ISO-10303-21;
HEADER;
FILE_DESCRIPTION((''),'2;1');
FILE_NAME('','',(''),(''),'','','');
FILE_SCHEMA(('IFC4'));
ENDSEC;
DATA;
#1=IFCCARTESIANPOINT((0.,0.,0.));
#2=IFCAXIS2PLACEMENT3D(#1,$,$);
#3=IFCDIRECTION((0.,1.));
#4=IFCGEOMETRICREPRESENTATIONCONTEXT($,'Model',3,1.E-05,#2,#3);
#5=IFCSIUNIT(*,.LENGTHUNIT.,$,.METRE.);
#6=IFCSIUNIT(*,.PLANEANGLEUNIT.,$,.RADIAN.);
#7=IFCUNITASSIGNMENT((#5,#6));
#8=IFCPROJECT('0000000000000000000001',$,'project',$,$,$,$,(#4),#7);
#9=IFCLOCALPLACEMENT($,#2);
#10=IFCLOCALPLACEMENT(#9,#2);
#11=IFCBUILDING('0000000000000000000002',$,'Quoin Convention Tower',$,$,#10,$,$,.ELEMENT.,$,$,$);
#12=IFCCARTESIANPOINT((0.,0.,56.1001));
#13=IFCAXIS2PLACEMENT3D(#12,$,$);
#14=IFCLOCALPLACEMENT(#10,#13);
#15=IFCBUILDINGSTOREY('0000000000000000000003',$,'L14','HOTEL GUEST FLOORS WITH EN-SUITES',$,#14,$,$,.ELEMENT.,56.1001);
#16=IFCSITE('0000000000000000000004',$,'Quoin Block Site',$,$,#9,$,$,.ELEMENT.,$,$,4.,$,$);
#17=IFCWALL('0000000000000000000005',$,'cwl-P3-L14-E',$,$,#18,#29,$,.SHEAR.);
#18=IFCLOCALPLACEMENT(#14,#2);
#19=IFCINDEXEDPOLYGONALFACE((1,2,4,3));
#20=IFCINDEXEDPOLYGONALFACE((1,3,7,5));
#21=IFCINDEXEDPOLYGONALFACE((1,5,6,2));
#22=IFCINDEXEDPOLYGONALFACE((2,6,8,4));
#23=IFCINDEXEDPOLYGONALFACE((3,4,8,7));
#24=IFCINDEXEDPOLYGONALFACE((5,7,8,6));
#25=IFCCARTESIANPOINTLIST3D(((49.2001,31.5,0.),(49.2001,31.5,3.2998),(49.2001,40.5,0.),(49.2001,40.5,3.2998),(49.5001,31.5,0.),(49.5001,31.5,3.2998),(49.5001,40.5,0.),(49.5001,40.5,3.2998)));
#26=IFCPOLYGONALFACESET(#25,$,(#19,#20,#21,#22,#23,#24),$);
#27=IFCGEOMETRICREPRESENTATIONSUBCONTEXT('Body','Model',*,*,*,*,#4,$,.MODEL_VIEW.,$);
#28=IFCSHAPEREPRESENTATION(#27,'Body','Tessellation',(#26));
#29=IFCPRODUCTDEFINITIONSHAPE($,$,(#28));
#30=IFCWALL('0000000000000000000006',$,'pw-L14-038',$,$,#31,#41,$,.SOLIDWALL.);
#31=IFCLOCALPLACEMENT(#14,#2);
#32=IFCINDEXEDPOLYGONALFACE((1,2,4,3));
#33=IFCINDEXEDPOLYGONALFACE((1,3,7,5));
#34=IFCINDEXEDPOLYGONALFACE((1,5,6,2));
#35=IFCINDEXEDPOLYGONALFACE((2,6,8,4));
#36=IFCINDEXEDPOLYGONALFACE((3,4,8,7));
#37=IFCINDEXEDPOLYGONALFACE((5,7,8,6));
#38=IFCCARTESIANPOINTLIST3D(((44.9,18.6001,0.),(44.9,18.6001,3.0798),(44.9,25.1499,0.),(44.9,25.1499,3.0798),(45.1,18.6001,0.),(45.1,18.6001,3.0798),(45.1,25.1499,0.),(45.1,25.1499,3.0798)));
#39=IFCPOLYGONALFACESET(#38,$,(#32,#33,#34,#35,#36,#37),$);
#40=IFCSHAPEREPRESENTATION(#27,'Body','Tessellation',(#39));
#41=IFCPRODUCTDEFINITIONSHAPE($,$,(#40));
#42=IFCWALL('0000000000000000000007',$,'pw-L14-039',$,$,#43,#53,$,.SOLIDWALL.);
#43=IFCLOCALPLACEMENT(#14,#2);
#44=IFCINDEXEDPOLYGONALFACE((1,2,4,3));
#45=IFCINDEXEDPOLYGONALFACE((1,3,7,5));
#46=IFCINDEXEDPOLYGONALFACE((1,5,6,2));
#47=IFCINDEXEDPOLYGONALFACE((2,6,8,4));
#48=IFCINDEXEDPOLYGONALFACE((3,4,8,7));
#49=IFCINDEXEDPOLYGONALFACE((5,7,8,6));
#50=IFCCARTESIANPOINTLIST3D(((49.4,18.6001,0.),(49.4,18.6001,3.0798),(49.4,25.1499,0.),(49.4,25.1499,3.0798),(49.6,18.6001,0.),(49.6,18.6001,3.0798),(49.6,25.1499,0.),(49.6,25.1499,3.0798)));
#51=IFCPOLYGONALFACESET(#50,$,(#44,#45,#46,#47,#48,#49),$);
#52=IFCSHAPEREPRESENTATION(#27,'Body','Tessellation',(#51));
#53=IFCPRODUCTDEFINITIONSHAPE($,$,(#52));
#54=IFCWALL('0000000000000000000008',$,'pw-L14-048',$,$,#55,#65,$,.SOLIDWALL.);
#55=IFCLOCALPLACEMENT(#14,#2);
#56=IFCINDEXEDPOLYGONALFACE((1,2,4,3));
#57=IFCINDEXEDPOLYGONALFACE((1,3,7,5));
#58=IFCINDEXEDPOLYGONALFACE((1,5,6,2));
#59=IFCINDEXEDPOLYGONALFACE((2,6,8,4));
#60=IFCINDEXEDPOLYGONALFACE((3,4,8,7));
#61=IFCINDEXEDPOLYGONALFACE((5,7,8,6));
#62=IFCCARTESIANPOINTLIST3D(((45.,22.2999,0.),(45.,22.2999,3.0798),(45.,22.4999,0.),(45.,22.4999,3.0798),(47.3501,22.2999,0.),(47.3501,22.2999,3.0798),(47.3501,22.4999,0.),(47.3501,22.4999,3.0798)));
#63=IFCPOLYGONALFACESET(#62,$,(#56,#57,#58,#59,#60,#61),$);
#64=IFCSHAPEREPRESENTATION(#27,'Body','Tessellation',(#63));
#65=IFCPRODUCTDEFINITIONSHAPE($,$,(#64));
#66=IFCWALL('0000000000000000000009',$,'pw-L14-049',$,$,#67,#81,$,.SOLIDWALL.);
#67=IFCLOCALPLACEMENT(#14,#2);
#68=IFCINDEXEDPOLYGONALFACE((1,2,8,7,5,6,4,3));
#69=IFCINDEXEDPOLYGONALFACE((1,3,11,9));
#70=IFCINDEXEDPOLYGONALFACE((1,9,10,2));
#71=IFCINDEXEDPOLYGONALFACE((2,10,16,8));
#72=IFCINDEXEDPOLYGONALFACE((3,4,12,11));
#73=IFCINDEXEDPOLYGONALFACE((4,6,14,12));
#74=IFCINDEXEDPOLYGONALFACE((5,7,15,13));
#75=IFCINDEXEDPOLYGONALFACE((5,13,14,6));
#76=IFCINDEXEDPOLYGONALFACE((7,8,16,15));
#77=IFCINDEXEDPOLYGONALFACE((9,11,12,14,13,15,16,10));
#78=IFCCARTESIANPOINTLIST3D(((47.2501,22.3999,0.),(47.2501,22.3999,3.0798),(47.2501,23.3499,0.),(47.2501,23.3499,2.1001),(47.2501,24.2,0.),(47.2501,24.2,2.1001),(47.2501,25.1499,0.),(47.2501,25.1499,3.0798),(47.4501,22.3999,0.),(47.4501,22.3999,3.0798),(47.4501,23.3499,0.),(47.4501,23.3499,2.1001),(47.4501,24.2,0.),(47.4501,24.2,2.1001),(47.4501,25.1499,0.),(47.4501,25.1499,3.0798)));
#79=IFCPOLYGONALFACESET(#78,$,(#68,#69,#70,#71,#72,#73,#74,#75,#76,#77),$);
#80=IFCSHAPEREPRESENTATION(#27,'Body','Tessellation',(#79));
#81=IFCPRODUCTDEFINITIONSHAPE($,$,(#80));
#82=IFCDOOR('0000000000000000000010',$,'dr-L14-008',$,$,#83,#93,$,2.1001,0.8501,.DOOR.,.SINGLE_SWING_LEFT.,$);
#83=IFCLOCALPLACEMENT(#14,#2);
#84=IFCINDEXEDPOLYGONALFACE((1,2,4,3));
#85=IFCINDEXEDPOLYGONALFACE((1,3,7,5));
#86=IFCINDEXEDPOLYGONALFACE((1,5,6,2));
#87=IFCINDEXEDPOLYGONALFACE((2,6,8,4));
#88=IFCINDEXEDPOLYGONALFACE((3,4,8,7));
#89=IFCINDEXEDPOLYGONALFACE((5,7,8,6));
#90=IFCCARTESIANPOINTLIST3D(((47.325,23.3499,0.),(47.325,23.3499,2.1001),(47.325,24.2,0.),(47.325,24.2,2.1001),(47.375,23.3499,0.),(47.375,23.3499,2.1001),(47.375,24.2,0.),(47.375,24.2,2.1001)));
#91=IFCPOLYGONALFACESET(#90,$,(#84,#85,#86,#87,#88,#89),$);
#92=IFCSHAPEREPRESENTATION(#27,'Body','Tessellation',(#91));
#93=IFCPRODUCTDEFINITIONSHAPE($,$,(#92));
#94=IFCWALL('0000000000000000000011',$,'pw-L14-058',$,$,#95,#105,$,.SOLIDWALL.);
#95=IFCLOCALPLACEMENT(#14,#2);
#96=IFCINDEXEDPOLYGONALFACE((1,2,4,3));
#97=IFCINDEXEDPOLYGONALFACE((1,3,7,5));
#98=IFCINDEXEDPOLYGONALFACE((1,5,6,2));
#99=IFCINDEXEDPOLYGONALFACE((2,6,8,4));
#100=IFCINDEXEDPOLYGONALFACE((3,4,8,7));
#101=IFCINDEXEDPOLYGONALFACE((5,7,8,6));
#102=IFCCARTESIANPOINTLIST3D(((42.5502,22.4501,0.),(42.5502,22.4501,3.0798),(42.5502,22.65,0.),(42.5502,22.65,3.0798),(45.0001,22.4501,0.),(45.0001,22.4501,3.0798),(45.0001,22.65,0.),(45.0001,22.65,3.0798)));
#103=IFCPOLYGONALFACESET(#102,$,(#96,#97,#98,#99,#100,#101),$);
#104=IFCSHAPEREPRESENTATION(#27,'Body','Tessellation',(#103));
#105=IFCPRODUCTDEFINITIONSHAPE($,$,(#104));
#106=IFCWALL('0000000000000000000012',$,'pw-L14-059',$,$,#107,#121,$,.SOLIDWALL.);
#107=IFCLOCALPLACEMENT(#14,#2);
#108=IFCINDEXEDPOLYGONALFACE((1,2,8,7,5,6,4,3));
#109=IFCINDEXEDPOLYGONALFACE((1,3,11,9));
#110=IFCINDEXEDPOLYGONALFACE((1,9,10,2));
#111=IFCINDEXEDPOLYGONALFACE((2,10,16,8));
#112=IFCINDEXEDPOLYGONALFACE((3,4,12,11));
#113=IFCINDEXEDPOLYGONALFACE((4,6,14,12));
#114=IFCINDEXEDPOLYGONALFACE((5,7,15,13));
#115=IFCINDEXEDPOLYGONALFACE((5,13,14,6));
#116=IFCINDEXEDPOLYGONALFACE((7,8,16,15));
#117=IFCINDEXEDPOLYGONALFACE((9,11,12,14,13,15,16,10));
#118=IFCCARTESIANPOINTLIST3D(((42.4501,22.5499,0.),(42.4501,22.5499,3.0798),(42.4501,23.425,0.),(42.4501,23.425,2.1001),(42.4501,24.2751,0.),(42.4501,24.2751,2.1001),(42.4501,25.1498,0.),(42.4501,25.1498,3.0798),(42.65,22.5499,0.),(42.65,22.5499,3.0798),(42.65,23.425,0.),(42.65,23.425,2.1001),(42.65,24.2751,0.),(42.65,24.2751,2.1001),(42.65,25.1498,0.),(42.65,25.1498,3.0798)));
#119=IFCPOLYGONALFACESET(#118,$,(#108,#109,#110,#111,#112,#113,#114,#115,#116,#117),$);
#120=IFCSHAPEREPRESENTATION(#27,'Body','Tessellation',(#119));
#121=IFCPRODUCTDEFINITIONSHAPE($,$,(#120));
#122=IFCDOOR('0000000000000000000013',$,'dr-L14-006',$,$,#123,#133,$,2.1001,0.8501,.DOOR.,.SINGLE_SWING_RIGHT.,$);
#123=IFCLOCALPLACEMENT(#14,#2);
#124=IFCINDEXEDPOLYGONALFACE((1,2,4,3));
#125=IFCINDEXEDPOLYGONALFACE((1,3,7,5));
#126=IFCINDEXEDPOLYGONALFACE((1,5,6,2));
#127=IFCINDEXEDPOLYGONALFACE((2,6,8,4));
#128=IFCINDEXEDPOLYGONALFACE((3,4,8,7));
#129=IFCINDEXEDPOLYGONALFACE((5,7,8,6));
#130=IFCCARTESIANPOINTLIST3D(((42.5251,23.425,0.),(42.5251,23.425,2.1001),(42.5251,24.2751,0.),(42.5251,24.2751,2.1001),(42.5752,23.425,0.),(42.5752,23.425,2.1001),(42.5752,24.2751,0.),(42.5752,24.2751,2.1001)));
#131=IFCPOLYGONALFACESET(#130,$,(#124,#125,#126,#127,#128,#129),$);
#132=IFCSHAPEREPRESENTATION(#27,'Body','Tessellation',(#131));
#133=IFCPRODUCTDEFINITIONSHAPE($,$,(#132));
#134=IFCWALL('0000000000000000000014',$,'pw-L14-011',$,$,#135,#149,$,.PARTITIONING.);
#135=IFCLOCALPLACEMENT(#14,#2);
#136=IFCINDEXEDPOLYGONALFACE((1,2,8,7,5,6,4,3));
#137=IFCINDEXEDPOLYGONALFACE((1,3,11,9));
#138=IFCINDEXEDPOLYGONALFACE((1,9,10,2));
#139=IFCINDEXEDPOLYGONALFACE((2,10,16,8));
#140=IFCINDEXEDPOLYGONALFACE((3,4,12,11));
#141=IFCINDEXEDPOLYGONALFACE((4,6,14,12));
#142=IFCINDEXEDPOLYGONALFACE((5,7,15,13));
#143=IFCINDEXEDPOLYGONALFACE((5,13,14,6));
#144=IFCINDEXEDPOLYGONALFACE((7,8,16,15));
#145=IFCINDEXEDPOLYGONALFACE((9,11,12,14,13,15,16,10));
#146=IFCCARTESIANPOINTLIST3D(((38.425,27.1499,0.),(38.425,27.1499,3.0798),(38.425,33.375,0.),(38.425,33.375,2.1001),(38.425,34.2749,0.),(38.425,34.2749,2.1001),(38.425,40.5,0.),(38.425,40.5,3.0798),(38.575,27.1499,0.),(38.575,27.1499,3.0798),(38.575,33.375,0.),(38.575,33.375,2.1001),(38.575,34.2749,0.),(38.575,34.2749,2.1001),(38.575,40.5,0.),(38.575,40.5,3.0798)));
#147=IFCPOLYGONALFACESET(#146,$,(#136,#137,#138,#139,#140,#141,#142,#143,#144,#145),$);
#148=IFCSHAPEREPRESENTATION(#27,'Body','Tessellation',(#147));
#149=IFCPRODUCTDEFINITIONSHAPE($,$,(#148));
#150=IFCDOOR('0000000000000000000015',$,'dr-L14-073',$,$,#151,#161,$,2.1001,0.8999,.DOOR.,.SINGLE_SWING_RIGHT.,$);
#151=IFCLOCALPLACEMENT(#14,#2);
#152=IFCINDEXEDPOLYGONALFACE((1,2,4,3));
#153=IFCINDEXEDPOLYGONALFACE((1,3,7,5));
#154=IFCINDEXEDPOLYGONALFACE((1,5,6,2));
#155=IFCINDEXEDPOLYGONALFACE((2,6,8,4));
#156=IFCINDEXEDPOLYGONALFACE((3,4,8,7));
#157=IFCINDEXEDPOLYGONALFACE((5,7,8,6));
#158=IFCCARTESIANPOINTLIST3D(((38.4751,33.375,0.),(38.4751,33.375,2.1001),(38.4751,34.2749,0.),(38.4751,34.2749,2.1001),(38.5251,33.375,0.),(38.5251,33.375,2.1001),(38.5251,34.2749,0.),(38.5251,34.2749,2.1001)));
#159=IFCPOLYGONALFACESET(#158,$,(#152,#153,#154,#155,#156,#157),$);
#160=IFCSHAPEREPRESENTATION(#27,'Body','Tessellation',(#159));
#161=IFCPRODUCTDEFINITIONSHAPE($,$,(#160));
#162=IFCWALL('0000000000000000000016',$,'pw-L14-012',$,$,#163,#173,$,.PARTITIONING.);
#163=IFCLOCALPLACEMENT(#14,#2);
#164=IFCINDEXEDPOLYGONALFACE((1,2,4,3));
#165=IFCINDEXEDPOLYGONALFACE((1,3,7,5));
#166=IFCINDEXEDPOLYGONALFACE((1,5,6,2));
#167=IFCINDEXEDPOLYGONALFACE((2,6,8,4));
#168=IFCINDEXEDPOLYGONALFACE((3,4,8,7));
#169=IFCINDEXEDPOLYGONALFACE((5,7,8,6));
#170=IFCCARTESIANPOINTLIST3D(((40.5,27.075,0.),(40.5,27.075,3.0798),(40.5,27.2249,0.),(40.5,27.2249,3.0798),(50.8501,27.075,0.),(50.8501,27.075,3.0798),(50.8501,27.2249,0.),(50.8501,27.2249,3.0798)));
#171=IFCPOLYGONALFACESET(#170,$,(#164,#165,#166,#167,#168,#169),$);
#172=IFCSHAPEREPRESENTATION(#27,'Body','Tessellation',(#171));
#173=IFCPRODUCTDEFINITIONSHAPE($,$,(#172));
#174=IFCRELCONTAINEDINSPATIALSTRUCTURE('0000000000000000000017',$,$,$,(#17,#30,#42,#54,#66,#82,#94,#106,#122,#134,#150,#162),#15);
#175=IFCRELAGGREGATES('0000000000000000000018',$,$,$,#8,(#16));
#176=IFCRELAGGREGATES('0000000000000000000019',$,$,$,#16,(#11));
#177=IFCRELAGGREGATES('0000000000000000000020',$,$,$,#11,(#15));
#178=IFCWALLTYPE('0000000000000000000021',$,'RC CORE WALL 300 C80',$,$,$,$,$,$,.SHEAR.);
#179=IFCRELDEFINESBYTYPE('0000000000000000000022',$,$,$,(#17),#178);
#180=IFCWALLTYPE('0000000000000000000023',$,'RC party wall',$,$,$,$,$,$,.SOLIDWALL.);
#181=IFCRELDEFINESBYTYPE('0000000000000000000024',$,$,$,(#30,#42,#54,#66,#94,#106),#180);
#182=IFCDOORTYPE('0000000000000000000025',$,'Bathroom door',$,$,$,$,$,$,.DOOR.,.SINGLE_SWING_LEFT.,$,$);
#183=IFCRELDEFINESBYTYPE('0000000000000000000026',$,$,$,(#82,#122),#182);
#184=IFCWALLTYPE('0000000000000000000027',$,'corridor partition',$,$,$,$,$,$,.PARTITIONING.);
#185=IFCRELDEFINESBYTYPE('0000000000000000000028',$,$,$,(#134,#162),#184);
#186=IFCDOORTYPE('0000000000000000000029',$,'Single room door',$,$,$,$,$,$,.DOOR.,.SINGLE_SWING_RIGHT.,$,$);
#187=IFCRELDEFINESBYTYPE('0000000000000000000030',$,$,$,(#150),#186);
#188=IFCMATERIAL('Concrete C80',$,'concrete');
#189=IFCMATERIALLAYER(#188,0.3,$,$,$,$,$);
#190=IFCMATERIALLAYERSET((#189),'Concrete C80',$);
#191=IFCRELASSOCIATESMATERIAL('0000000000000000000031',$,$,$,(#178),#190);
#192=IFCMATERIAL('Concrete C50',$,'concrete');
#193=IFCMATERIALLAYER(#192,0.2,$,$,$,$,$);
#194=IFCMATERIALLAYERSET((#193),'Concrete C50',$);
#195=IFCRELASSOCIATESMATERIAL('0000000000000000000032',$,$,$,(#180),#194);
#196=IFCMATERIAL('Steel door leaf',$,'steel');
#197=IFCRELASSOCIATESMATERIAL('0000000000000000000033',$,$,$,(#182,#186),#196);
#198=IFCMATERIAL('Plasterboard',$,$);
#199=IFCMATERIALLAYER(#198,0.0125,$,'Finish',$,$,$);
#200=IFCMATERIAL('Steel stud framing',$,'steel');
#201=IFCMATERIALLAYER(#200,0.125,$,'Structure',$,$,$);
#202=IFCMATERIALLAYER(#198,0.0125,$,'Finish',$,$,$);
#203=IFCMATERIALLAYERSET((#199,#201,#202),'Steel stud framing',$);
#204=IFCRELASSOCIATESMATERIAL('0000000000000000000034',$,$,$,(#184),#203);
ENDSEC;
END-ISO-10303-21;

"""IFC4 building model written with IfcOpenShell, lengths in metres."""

from ifc_helpers import new_model, si_unit, direction, frame, frame_2d, origin, place, context, subcontext, project, spatial, rectangle, extrude, material, layer, layer_set, type_object, element, fill, save


model = new_model("IFC4")

# Units and contexts
model_context = context("Model", 3, precision=1e-05, world=origin(), true_north=direction((0.0, 1.0)))
body_context = subcontext(model_context, "Body", "Model", "MODEL_VIEW")
ifc_project = project(units=[si_unit("LENGTHUNIT", "METRE"), si_unit("PLANEANGLEUNIT", "RADIAN")], contexts=[model_context])

# Site, building, storey
site_placement = place(None, origin())
site = spatial("IfcSite", under=ifc_project, at=site_placement, Name="Quoin Block Site", CompositionType="ELEMENT", RefElevation=4.0)
building_placement = place(site_placement, origin())
building = spatial("IfcBuilding", under=site, at=building_placement, Name="Quoin Convention Tower", CompositionType="ELEMENT")
storey_placement = place(building_placement, frame((0.0, 0.0, 56.1001)))
storey = spatial("IfcBuildingStorey", under=building, at=storey_placement, Name="L14", Description="HOTEL GUEST FLOORS WITH EN-SUITES", CompositionType="ELEMENT", Elevation=56.1001)

# Shared definitions
ifc_material_1 = material(Name="Concrete C80", Category="concrete")

# Shared definitions
ifc_material_2 = material(Name="Concrete C50", Category="concrete")

# Shared definitions
ifc_layer_1 = layer(ifc_material_1, 0.3)
ifc_layer_set_1 = layer_set([ifc_layer_1], Name="Concrete C80")
wall_type_1 = type_object("IfcWallType", Name="RC CORE WALL 300 C80", PredefinedType="SHEAR", material=ifc_layer_set_1)
ifc_material_3 = material(Name="Steel door leaf", Category="steel")

# Walls
wall_1_placement = place(storey_placement, frame((49.3501, 31.5, 0.0), z_axis=(0.0, 0.0, 1.0), x_axis=(0.0, 1.0, 0.0)))
element("IfcWall", 1, at=wall_1_placement, inside=storey, type_object=wall_type_1, Name="cwl-P3-L14-E", PredefinedType="SHEAR", context=body_context, shape_type="SweptSolid", body=[
    extrude(rectangle(XDim=9.0, YDim=0.3, at=frame_2d((4.5, 0.0))), origin(), (0.0, 0.0, 1.0), 3.2998),
])
ifc_layer_2 = layer(ifc_material_2, 0.2)
ifc_layer_set_2 = layer_set([ifc_layer_2], Name="Concrete C50")
wall_type_2 = type_object("IfcWallType", Name="RC party wall", PredefinedType="SOLIDWALL", material=ifc_layer_set_2)
for number, where, z_axis, x_axis, name in (
    (2, (45.0, 18.6001, 0.0), (0.0, 0.0, 1.0), (0.0, 1.0, 0.0), "pw-L14-038"),
    (3, (49.5, 18.6001, 0.0), (0.0, 0.0, 1.0), (0.0, 1.0, 0.0), "pw-L14-039"),
):
    element("IfcWall", number, at=place(storey_placement, frame(where, z_axis=z_axis, x_axis=x_axis)), inside=storey, type_object=wall_type_2, Name=name, PredefinedType="SOLIDWALL", context=body_context, shape_type="SweptSolid", body=[
        extrude(rectangle(XDim=6.5498, YDim=0.2, at=frame_2d((3.2749, 0.0))), origin(), (0.0, 0.0, 1.0), 3.0798),
    ])
wall_2_placement = place(storey_placement, frame((45.0, 22.3999, 0.0), z_axis=(0.0, 0.0, 1.0), x_axis=(1.0, 0.0, 0.0)))
element("IfcWall", 4, at=wall_2_placement, inside=storey, type_object=wall_type_2, Name="pw-L14-048", PredefinedType="SOLIDWALL", context=body_context, shape_type="SweptSolid", body=[
    extrude(rectangle(XDim=2.3501, YDim=0.2, at=frame_2d((1.175, 0.0))), origin(), (0.0, 0.0, 1.0), 3.0798),
])

# Wall, opening, door
wall_3_placement = place(storey_placement, frame((47.3501, 22.3999, 0.0), z_axis=(0.0, 0.0, 1.0), x_axis=(0.0, 1.0, 0.0)))
wall_3 = element("IfcWall", 5, at=wall_3_placement, inside=storey, type_object=wall_type_2, Name="pw-L14-049", PredefinedType="SOLIDWALL", context=body_context, shape_type="SweptSolid", body=[
    extrude(rectangle(XDim=2.75, YDim=0.2, at=frame_2d((1.375, 0.0))), origin(), (0.0, 0.0, 1.0), 3.0798),
])
opening_1_placement = place(wall_3_placement, frame((0.95, 0.0, 0.0)))
opening_1 = element("IfcOpeningElement", 6, at=opening_1_placement, cuts=wall_3, PredefinedType="OPENING", context=body_context, shape_type="SweptSolid", body=[
    extrude(rectangle(XDim=0.8501, YDim=2.1001, at=frame_2d((0.425, 1.05))), frame((0.0, 0.1099, 0.0), z_axis=(0.0, -1.0, 0.0), x_axis=(1.0, 0.0, 0.0)), (0.0, 0.0, 1.0), 0.22),
])
door_type_1 = type_object("IfcDoorType", Name="Bathroom door", OperationType="SINGLE_SWING_LEFT", PredefinedType="DOOR", material=ifc_material_3)
door_1_placement = place(opening_1_placement, frame((0.8501, 0.0, 0.0), z_axis=(0.0, 0.0, 1.0), x_axis=(-1.0, 0.0, 0.0)))
door_1 = element("IfcDoor", 7, at=door_1_placement, inside=storey, type_object=door_type_1, Name="dr-L14-008", OperationType="SINGLE_SWING_LEFT", OverallHeight=2.1001, OverallWidth=0.8501, PredefinedType="DOOR", context=body_context, shape_type="SweptSolid", body=[
    extrude(rectangle(XDim=0.8501, YDim=2.1001, at=frame_2d((0.425, 1.05))), frame((0.0, 0.0249, 0.0), z_axis=(0.0, -1.0, 0.0), x_axis=(1.0, 0.0, 0.0)), (0.0, 0.0, 1.0), 0.05),
])
fill(opening_1, door_1)

# Wall
wall_4_placement = place(storey_placement, frame((42.55, 22.55, 0.0), z_axis=(0.0, 0.0, 1.0), x_axis=(1.0, 0.0, 0.0)))
element("IfcWall", 8, at=wall_4_placement, inside=storey, type_object=wall_type_2, Name="pw-L14-058", PredefinedType="SOLIDWALL", context=body_context, shape_type="SweptSolid", body=[
    extrude(rectangle(XDim=2.45, YDim=0.2, at=frame_2d((1.2251, 0.0))), origin(), (0.0, 0.0, 1.0), 3.0798),
])

# Walls, openings, doors
wall_5_placement = place(storey_placement, frame((42.55, 22.55, 0.0), z_axis=(0.0, 0.0, 1.0), x_axis=(0.0, 1.0, 0.0)))
wall_5 = element("IfcWall", 9, at=wall_5_placement, inside=storey, type_object=wall_type_2, Name="pw-L14-059", PredefinedType="SOLIDWALL", context=body_context, shape_type="SweptSolid", body=[
    extrude(rectangle(XDim=2.5999, YDim=0.2, at=frame_2d((1.2998, 0.0))), origin(), (0.0, 0.0, 1.0), 3.0798),
])
opening_2_placement = place(wall_5_placement, frame((0.875, 0.0, 0.0)))
opening_2 = element("IfcOpeningElement", 10, at=opening_2_placement, cuts=wall_5, PredefinedType="OPENING", context=body_context, shape_type="SweptSolid", body=[
    extrude(rectangle(XDim=0.8501, YDim=2.1001, at=frame_2d((0.425, 1.05))), frame((0.0, 0.1099, 0.0), z_axis=(0.0, -1.0, 0.0), x_axis=(1.0, 0.0, 0.0)), (0.0, 0.0, 1.0), 0.22),
])
door_2_placement = place(opening_2_placement, origin())
door_2 = element("IfcDoor", 11, at=door_2_placement, inside=storey, type_object=door_type_1, Name="dr-L14-006", OperationType="SINGLE_SWING_RIGHT", OverallHeight=2.1001, OverallWidth=0.8501, PredefinedType="DOOR", context=body_context, shape_type="SweptSolid", body=[
    extrude(rectangle(XDim=0.8501, YDim=2.1001, at=frame_2d((0.425, 1.05))), frame((0.0, 0.0249, 0.0), z_axis=(0.0, -1.0, 0.0), x_axis=(1.0, 0.0, 0.0)), (0.0, 0.0, 1.0), 0.05),
])
fill(opening_2, door_2)
ifc_material_4 = material(Name="Plasterboard")
ifc_layer_3 = layer(ifc_material_4, 0.0125, Name="Finish")
ifc_material_5 = material(Name="Steel stud framing", Category="steel")
ifc_layer_4 = layer(ifc_material_5, 0.125, Name="Structure")
ifc_layer_5 = layer(ifc_material_4, 0.0125, Name="Finish")
ifc_layer_set_3 = layer_set([ifc_layer_3, ifc_layer_4, ifc_layer_5], Name="Steel stud framing")
wall_type_3 = type_object("IfcWallType", Name="corridor partition", PredefinedType="PARTITIONING", material=ifc_layer_set_3)
wall_6_placement = place(storey_placement, frame((38.5, 27.1499, 0.0), z_axis=(0.0, 0.0, 1.0), x_axis=(0.0, 1.0, 0.0)))
wall_6 = element("IfcWall", 12, at=wall_6_placement, inside=storey, type_object=wall_type_3, Name="pw-L14-011", PredefinedType="PARTITIONING", context=body_context, shape_type="SweptSolid", body=[
    extrude(rectangle(XDim=13.3501, YDim=0.1499, at=frame_2d((6.675, 0.0))), origin(), (0.0, 0.0, 1.0), 3.0798),
])
opening_3_placement = place(wall_6_placement, frame((6.2251, 0.0, 0.0)))
opening_3 = element("IfcOpeningElement", 13, at=opening_3_placement, cuts=wall_6, PredefinedType="OPENING", context=body_context, shape_type="SweptSolid", body=[
    extrude(rectangle(XDim=0.8999, YDim=2.1001, at=frame_2d((0.45, 1.05))), frame((0.0, 0.085, 0.0), z_axis=(0.0, -1.0, 0.0), x_axis=(1.0, 0.0, 0.0)), (0.0, 0.0, 1.0), 0.1699),
])
door_type_2 = type_object("IfcDoorType", Name="Single room door", OperationType="SINGLE_SWING_RIGHT", PredefinedType="DOOR", material=ifc_material_3)
door_3_placement = place(opening_3_placement, origin())
door_3 = element("IfcDoor", 14, at=door_3_placement, inside=storey, type_object=door_type_2, Name="dr-L14-073", OperationType="SINGLE_SWING_RIGHT", OverallHeight=2.1001, OverallWidth=0.8999, PredefinedType="DOOR", context=body_context, shape_type="SweptSolid", body=[
    extrude(rectangle(XDim=0.8999, YDim=2.1001, at=frame_2d((0.45, 1.05))), frame((0.0, 0.0249, 0.0), z_axis=(0.0, -1.0, 0.0), x_axis=(1.0, 0.0, 0.0)), (0.0, 0.0, 1.0), 0.05),
])
fill(opening_3, door_3)

# Wall
wall_7_placement = place(storey_placement, frame((40.5, 27.1499, 0.0), z_axis=(0.0, 0.0, 1.0), x_axis=(1.0, 0.0, 0.0)))
element("IfcWall", 15, at=wall_7_placement, inside=storey, type_object=wall_type_3, Name="pw-L14-012", PredefinedType="PARTITIONING", context=body_context, shape_type="SweptSolid", body=[
    extrude(rectangle(XDim=10.3501, YDim=0.1499, at=frame_2d((5.175, 0.0))), origin(), (0.0, 0.0, 1.0), 3.0798),
])

save(model, "model.ifc")
